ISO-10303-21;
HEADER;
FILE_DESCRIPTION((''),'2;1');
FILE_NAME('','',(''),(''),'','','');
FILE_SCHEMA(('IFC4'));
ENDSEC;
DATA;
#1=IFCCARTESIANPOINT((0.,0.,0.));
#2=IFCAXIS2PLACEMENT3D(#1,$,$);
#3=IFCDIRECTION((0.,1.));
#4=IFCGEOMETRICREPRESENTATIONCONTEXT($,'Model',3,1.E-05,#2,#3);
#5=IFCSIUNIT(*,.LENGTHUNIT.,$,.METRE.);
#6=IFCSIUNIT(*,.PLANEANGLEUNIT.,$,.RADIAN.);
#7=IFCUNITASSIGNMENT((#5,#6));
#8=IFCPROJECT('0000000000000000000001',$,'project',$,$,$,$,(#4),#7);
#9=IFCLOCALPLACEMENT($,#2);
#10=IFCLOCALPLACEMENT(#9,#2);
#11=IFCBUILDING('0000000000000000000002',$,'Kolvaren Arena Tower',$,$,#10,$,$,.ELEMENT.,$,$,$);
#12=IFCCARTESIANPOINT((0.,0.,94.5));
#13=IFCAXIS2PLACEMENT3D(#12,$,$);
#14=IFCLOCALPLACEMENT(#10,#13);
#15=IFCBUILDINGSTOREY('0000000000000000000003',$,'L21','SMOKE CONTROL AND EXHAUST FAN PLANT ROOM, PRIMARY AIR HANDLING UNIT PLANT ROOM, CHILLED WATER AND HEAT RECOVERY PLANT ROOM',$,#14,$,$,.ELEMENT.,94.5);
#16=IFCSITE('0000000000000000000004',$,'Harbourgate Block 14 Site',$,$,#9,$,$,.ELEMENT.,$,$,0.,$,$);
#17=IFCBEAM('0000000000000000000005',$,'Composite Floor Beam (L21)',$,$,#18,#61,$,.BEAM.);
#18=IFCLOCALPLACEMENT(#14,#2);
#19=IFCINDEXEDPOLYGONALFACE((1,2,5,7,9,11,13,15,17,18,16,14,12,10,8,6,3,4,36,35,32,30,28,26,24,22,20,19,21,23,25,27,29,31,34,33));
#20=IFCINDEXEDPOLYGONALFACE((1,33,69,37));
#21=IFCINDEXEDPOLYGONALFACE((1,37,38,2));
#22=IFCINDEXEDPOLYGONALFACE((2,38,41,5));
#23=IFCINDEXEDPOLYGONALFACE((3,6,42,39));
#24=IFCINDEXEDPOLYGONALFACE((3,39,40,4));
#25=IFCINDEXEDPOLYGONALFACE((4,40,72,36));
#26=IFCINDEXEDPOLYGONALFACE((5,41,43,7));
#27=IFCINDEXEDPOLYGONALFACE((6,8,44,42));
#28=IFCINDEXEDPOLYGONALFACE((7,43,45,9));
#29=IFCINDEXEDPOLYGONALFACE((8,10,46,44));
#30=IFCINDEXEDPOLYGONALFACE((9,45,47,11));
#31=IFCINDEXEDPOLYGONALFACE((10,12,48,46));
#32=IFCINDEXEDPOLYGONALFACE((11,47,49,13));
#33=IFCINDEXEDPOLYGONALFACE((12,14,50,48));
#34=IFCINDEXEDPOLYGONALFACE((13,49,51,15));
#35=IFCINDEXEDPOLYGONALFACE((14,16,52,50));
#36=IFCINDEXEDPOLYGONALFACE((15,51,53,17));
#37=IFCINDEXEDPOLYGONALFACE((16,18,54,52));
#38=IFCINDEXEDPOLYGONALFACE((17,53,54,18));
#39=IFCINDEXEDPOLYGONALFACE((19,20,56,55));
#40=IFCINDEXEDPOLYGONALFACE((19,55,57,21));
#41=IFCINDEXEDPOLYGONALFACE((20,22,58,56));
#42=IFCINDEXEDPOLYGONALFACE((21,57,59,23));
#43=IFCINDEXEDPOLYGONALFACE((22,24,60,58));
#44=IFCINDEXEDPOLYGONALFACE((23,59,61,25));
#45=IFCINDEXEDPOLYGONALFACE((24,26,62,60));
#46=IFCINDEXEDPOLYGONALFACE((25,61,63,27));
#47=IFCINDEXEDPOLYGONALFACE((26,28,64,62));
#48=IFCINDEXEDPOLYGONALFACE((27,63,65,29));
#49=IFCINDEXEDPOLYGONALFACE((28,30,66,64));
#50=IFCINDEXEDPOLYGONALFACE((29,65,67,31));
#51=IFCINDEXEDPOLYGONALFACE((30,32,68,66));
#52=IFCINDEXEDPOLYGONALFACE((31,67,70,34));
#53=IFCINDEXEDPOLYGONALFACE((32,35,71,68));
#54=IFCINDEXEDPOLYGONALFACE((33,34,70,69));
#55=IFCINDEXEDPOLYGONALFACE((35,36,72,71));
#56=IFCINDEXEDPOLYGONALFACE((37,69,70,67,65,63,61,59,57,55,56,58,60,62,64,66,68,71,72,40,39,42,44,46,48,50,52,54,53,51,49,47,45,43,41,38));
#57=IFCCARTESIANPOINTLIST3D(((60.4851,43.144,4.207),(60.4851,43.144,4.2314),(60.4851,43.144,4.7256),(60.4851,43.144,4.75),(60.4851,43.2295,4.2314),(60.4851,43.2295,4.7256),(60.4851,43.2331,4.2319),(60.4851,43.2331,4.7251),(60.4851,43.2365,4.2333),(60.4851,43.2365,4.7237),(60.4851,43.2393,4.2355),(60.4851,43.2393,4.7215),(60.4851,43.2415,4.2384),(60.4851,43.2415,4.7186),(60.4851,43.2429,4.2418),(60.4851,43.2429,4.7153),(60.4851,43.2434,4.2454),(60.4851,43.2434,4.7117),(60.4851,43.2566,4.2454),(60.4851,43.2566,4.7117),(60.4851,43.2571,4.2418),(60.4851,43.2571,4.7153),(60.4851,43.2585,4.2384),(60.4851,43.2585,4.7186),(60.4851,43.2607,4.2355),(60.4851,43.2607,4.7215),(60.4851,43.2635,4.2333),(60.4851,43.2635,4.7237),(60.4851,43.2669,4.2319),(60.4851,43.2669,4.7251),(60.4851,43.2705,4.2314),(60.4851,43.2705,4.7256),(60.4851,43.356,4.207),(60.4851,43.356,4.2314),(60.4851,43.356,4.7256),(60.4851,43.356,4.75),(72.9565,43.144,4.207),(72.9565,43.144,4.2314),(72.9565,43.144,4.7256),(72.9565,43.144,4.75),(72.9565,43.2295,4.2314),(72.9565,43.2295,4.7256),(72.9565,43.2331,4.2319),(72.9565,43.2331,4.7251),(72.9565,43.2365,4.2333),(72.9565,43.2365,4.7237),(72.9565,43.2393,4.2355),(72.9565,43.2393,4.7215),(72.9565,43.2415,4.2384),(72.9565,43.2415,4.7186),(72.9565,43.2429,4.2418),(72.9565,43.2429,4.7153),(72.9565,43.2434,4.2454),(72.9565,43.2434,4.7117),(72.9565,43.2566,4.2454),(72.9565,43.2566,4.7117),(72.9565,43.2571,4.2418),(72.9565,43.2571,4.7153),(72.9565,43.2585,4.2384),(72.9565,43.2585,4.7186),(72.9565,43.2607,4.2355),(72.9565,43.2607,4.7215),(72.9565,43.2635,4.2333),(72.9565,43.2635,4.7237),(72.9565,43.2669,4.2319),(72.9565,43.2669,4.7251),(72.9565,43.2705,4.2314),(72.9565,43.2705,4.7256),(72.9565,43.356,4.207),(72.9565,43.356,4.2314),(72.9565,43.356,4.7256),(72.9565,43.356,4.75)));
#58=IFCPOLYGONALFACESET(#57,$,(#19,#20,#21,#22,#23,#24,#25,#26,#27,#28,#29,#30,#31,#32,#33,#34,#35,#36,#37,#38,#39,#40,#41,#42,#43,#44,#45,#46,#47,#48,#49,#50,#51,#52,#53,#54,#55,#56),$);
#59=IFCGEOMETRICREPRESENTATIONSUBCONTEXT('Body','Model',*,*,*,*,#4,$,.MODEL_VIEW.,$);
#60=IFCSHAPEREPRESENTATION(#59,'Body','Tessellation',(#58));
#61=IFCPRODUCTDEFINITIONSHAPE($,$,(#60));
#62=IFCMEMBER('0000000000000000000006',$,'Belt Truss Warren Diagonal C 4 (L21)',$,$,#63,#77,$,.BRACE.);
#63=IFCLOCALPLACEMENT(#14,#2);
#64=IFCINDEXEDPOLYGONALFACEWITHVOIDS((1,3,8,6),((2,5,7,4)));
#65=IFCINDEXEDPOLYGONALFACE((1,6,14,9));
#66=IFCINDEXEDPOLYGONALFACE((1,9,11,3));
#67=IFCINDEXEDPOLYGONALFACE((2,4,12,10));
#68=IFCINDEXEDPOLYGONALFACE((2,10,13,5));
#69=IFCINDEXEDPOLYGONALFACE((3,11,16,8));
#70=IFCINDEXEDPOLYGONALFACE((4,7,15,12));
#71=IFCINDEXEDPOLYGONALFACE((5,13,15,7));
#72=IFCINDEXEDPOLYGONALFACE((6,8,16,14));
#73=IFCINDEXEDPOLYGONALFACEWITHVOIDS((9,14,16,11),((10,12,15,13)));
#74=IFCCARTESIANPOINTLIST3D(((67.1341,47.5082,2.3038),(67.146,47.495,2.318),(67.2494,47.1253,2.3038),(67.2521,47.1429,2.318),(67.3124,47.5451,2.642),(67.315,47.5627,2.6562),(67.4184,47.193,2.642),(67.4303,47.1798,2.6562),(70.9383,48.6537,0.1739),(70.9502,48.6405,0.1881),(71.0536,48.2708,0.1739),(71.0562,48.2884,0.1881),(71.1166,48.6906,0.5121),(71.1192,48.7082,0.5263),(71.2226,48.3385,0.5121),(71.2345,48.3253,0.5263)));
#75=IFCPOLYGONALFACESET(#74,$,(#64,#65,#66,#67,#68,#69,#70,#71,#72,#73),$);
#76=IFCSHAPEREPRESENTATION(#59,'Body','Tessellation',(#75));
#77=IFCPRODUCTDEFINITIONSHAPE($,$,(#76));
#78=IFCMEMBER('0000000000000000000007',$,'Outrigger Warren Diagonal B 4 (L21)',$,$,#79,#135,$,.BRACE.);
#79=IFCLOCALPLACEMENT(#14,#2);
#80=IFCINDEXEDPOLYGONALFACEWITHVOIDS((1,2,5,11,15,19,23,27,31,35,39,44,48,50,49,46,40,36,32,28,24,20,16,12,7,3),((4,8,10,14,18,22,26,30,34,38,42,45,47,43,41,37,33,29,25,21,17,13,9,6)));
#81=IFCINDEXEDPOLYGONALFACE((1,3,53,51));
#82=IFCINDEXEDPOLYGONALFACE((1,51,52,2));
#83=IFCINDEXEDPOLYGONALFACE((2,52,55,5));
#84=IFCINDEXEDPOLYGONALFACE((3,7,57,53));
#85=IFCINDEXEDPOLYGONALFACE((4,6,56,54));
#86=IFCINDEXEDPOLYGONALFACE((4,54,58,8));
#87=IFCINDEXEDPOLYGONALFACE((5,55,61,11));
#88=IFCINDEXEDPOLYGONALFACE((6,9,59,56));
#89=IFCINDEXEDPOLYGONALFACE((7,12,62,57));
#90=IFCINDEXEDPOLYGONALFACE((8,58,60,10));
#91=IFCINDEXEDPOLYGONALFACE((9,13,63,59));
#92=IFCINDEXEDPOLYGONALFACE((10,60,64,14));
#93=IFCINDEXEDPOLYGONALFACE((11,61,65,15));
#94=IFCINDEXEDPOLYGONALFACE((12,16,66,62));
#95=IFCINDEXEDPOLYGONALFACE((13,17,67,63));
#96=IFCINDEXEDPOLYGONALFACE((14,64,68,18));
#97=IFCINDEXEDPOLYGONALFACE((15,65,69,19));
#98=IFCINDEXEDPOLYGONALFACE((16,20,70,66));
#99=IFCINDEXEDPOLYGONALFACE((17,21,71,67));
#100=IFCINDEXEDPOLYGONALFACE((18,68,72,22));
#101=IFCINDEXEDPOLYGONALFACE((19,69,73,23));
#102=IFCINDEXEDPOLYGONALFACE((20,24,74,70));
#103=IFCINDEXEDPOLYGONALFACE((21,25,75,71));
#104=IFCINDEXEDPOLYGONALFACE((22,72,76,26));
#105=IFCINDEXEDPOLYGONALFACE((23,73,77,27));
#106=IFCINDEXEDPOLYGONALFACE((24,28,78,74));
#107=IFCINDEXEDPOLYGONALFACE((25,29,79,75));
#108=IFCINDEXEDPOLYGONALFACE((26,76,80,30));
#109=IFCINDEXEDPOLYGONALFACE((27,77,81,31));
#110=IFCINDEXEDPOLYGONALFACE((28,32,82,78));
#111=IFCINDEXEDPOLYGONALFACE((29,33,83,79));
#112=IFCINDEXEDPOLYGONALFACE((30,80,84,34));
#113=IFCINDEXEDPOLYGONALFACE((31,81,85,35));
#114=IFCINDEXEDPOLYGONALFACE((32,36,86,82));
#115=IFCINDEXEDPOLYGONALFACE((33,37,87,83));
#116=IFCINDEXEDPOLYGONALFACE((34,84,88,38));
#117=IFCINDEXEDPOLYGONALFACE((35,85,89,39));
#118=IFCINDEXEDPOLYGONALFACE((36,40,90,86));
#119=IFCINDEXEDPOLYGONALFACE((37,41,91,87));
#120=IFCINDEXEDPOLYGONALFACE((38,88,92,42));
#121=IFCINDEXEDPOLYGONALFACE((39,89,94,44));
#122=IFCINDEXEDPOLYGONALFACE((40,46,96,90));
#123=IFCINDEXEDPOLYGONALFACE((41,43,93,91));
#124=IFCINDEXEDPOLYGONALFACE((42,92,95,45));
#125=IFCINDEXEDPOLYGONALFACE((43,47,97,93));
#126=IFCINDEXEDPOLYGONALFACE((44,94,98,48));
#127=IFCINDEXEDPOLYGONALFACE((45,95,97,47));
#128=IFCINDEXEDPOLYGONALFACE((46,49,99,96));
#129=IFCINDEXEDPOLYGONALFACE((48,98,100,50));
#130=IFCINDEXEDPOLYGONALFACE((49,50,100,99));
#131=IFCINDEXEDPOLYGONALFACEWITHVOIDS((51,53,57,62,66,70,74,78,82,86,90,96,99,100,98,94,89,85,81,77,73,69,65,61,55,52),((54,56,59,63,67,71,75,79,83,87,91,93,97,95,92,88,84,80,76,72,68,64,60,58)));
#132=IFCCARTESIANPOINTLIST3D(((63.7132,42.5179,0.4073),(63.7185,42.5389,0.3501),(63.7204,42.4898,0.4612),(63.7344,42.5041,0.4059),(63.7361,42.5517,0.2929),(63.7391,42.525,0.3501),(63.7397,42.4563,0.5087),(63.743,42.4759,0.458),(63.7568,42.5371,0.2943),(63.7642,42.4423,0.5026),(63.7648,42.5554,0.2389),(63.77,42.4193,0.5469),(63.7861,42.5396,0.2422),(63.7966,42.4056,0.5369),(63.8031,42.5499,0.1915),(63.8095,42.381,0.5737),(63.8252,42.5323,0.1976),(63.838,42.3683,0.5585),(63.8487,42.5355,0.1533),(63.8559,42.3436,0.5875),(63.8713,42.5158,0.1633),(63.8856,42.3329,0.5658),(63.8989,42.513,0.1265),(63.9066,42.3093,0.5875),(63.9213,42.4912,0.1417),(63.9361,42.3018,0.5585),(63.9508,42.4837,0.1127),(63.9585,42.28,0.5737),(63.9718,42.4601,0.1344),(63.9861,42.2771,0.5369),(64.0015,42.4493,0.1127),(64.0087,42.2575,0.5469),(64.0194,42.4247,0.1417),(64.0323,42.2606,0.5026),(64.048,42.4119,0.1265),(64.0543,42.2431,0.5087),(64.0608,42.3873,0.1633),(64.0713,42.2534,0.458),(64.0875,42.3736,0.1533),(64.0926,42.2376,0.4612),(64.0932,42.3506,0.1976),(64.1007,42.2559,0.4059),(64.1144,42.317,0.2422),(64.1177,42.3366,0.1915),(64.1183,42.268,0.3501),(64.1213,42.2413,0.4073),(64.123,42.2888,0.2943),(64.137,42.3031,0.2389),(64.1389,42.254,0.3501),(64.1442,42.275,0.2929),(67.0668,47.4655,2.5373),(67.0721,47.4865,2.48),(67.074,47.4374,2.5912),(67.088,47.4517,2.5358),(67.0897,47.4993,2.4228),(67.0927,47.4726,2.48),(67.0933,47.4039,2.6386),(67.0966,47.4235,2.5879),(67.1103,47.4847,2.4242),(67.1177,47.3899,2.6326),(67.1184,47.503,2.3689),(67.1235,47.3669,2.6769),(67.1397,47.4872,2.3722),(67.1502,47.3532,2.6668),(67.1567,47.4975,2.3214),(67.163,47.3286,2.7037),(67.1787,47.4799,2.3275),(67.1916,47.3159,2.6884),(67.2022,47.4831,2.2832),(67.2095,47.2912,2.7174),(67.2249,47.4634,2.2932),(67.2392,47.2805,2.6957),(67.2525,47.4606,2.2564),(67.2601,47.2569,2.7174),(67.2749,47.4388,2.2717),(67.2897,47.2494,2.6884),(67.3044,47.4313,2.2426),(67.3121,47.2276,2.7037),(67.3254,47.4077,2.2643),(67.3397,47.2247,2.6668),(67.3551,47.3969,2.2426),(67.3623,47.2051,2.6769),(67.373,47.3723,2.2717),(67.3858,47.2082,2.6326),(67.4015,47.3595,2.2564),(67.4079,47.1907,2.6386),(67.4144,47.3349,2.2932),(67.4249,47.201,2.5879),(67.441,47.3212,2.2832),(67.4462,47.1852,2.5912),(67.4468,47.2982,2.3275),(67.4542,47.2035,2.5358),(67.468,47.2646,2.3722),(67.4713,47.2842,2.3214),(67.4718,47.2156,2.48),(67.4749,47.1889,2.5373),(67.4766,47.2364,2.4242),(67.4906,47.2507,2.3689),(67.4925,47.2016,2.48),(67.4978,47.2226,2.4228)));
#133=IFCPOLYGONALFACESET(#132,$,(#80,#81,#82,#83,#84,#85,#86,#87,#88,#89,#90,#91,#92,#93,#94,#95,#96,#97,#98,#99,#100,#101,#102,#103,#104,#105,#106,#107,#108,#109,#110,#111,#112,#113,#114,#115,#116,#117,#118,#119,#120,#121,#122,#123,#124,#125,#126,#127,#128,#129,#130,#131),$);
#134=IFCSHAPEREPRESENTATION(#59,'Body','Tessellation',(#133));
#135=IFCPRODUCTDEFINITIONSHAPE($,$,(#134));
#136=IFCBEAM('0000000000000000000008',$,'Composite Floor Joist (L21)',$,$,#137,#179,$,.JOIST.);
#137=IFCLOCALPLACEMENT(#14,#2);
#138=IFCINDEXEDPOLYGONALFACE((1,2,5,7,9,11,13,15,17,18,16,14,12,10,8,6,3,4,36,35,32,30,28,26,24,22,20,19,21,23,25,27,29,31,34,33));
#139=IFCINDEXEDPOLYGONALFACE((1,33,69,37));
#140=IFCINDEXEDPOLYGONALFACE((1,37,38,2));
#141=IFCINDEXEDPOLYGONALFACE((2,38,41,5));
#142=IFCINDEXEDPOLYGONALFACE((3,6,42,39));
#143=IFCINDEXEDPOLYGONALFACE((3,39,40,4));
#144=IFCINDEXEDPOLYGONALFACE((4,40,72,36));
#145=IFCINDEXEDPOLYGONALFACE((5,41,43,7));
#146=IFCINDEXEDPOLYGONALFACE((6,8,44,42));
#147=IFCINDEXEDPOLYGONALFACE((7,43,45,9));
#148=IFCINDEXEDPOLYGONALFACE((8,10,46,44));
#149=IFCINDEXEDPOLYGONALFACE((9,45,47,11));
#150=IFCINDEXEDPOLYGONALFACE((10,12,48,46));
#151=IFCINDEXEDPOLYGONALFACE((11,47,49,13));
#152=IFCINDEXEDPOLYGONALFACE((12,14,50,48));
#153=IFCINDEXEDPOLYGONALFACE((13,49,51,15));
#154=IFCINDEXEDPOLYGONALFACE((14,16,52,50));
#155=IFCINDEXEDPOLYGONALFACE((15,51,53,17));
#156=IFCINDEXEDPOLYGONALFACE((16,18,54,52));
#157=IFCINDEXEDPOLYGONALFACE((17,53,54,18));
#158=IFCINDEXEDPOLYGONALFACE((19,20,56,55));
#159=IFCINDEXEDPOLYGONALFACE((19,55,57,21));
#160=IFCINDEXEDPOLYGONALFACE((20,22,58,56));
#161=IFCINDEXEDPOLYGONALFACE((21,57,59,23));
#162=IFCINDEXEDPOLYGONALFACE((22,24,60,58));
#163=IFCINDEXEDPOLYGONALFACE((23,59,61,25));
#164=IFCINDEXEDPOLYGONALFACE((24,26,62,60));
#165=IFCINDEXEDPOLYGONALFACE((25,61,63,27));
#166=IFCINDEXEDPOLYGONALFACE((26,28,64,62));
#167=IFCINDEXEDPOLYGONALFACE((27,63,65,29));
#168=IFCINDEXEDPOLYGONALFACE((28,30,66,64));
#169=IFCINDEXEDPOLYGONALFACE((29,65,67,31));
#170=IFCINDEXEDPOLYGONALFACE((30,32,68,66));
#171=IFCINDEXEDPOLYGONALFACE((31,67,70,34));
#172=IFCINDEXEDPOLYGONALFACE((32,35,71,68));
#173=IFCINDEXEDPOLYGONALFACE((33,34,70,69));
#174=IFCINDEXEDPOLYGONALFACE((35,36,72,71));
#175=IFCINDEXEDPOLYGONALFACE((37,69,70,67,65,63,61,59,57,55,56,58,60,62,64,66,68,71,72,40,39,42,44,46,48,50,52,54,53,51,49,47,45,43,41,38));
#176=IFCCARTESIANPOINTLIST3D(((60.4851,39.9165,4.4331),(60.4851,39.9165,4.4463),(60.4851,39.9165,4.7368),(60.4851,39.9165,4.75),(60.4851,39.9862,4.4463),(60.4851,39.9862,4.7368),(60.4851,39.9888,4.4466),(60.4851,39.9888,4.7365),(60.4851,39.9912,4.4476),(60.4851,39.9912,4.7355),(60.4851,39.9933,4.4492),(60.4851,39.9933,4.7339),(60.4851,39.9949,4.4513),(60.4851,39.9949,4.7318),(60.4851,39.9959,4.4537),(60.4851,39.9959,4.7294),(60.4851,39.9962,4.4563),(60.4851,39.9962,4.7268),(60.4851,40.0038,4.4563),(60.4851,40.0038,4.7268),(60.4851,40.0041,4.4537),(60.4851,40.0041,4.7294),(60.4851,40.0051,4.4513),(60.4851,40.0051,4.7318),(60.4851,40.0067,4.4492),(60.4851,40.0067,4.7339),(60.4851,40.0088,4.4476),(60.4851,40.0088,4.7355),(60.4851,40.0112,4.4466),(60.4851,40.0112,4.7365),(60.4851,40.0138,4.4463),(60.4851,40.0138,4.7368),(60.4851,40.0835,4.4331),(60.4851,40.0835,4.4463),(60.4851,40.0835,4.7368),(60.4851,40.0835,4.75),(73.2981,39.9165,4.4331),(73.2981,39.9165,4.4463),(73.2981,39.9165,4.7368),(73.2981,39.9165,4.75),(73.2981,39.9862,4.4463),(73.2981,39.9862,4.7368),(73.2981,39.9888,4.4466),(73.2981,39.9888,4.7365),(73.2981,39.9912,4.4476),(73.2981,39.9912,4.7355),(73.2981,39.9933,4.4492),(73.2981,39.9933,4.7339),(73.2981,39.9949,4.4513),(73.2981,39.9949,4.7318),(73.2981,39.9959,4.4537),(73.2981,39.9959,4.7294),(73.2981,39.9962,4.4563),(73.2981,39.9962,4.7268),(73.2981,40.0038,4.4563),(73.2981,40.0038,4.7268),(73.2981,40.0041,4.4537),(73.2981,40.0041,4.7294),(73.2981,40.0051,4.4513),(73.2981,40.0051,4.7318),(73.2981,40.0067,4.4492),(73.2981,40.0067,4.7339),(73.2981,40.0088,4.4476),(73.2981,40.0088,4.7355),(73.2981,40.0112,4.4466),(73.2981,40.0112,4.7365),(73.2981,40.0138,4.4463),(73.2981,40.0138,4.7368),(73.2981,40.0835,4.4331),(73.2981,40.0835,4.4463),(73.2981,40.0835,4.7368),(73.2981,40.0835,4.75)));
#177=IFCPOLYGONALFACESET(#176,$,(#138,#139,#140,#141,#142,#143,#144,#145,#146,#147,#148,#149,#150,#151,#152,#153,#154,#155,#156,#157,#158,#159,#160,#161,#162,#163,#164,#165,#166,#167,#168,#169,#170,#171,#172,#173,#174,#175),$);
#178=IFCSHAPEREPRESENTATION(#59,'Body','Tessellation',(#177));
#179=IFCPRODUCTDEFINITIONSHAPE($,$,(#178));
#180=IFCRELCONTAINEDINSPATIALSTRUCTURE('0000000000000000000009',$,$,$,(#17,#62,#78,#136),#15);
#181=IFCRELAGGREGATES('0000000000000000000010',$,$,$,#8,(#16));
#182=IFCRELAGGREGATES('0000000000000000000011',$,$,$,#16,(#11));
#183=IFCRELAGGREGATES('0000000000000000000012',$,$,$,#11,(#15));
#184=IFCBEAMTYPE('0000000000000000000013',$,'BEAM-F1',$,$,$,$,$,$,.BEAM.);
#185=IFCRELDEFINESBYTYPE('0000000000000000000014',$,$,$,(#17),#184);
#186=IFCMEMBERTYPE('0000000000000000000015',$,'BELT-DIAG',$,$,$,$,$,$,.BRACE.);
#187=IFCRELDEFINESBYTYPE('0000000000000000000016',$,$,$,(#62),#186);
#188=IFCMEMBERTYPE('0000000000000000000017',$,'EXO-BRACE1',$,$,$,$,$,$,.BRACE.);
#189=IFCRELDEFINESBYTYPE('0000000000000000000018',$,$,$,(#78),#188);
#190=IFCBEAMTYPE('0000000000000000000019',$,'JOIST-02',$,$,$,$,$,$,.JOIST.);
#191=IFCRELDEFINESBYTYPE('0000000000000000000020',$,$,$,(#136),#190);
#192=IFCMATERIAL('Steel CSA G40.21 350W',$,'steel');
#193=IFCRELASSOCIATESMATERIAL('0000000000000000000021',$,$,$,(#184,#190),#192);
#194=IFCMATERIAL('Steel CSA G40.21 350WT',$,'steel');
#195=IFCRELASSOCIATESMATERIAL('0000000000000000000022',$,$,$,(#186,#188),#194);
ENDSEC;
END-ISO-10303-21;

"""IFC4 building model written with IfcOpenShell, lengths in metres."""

from ifc_helpers import new_model, si_unit, direction, frame, origin, origin_2d, place, context, subcontext, project, spatial, hollow_rectangle, hollow_circle, i_section, extrude, material, material_profile, profile_set, type_object, element, save


model = new_model("IFC4")

# Units and contexts
model_context = context("Model", 3, precision=1e-05, world=origin(), true_north=direction((0.0, 1.0)))
body_context = subcontext(model_context, "Body", "Model", "MODEL_VIEW")
ifc_project = project(units=[si_unit("LENGTHUNIT", "METRE"), si_unit("PLANEANGLEUNIT", "RADIAN")], contexts=[model_context])

# Site, building, storey
site_placement = place(None, origin())
site = spatial("IfcSite", under=ifc_project, at=site_placement, Name="Harbourgate Block 14 Site", CompositionType="ELEMENT", RefElevation=0.0)
building_placement = place(site_placement, origin())
building = spatial("IfcBuilding", under=site, at=building_placement, Name="Kolvaren Arena Tower", CompositionType="ELEMENT")
storey_placement = place(building_placement, frame((0.0, 0.0, 94.5)))
storey = spatial("IfcBuildingStorey", under=building, at=storey_placement, Name="L21", Description="SMOKE CONTROL AND EXHAUST FAN PLANT ROOM, PRIMARY AIR HANDLING UNIT PLANT ROOM, CHILLED WATER AND HEAT RECOVERY PLANT ROOM", CompositionType="ELEMENT", Elevation=94.5)

# Beam
ifc_material_1 = material(Name="Steel CSA G40.21 350W", Category="steel")
ifc_material_profile_1 = material_profile(ifc_material_1, i_section(OverallWidth=0.2119, OverallDepth=0.543, WebThickness=0.0132, FlangeThickness=0.0244, FilletRadius=0.0139, at=origin_2d()), Name="W530x150")
ifc_profile_set_1 = profile_set([ifc_material_profile_1], Name="Steel CSA G40.21 350W")
beam_type_1 = type_object("IfcBeamType", Name="BEAM-F1", PredefinedType="BEAM", material=ifc_profile_set_1)
beam_1_placement = place(storey_placement, frame((60.4851, 43.25, 4.4785), z_axis=(1.0, 0.0, 0.0), x_axis=(0.0, 1.0, 0.0)))
element("IfcBeam", 1, at=beam_1_placement, inside=storey, type_object=beam_type_1, Name="Composite Floor Beam (L21)", PredefinedType="BEAM", context=body_context, shape_type="SweptSolid", body=[
    extrude(i_section(OverallWidth=0.2119, OverallDepth=0.543, WebThickness=0.0132, FlangeThickness=0.0244, FilletRadius=0.0139, at=origin_2d()), origin(), (0.0, 0.0, 1.0), 12.4714),
])

# Members
ifc_material_2 = material(Name="Steel CSA G40.21 350WT", Category="steel")
ifc_material_profile_2 = material_profile(ifc_material_2, hollow_rectangle(XDim=0.3999, YDim=0.3999, WallThickness=0.0161, at=origin_2d()), Name="HSS 400x400x16")
ifc_profile_set_2 = profile_set([ifc_material_profile_2], Name="Steel CSA G40.21 350WT")
member_type_1 = type_object("IfcMemberType", Name="BELT-DIAG", PredefinedType="BRACE", material=ifc_profile_set_2)
member_1_placement = place(storey_placement, frame((67.2822, 47.344, 2.48), z_axis=(0.843909, 0.254115, -0.472485), x_axis=(-0.288329, 0.957531, 0.0)))
element("IfcMember", 2, at=member_1_placement, inside=storey, type_object=member_type_1, Name="Belt Truss Warren Diagonal C 4 (L21)", PredefinedType="BRACE", context=body_context, shape_type="SweptSolid", body=[
    extrude(hollow_rectangle(XDim=0.3999, YDim=0.3999, WallThickness=0.0161, at=origin_2d()), origin(), (0.0, 0.0, 1.0), 4.5078),
])
ifc_material_profile_3 = material_profile(ifc_material_2, hollow_circle(Radius=0.2539, WallThickness=0.0249, at=origin_2d()), Name="CHS 508x25")
ifc_profile_set_3 = profile_set([ifc_material_profile_3], Name="Steel CSA G40.21 350WT")
member_type_2 = type_object("IfcMemberType", Name="EXO-BRACE1", PredefinedType="BRACE", material=ifc_profile_set_3)
member_2_placement = place(storey_placement, frame((63.9287, 42.3965, 0.3501), z_axis=(0.52852, 0.779737, 0.335674), x_axis=(-0.827765, 0.561075, 0.0)))
element("IfcMember", 3, at=member_2_placement, inside=storey, type_object=member_type_2, Name="Outrigger Warren Diagonal B 4 (L21)", PredefinedType="BRACE", context=body_context, shape_type="SweptSolid", body=[
    extrude(hollow_circle(Radius=0.2539, WallThickness=0.0249, at=origin_2d()), origin(), (0.0, 0.0, 1.0), 6.3452),
])

# Beam
ifc_material_profile_4 = material_profile(ifc_material_1, i_section(OverallWidth=0.167, OverallDepth=0.3169, WebThickness=0.0076, FlangeThickness=0.0132, FilletRadius=0.01, at=origin_2d()), Name="W310x52")
ifc_profile_set_4 = profile_set([ifc_material_profile_4], Name="Steel CSA G40.21 350W")
beam_type_2 = type_object("IfcBeamType", Name="JOIST-02", PredefinedType="JOIST", material=ifc_profile_set_4)
beam_2_placement = place(storey_placement, frame((60.4851, 40.0, 4.5916), z_axis=(1.0, 0.0, 0.0), x_axis=(0.0, 1.0, 0.0)))
element("IfcBeam", 4, at=beam_2_placement, inside=storey, type_object=beam_type_2, Name="Composite Floor Joist (L21)", PredefinedType="JOIST", context=body_context, shape_type="SweptSolid", body=[
    extrude(i_section(OverallWidth=0.167, OverallDepth=0.3169, WebThickness=0.0076, FlangeThickness=0.0132, FilletRadius=0.01, at=origin_2d()), origin(), (0.0, 0.0, 1.0), 12.813),
])

save(model, "model.ifc")
